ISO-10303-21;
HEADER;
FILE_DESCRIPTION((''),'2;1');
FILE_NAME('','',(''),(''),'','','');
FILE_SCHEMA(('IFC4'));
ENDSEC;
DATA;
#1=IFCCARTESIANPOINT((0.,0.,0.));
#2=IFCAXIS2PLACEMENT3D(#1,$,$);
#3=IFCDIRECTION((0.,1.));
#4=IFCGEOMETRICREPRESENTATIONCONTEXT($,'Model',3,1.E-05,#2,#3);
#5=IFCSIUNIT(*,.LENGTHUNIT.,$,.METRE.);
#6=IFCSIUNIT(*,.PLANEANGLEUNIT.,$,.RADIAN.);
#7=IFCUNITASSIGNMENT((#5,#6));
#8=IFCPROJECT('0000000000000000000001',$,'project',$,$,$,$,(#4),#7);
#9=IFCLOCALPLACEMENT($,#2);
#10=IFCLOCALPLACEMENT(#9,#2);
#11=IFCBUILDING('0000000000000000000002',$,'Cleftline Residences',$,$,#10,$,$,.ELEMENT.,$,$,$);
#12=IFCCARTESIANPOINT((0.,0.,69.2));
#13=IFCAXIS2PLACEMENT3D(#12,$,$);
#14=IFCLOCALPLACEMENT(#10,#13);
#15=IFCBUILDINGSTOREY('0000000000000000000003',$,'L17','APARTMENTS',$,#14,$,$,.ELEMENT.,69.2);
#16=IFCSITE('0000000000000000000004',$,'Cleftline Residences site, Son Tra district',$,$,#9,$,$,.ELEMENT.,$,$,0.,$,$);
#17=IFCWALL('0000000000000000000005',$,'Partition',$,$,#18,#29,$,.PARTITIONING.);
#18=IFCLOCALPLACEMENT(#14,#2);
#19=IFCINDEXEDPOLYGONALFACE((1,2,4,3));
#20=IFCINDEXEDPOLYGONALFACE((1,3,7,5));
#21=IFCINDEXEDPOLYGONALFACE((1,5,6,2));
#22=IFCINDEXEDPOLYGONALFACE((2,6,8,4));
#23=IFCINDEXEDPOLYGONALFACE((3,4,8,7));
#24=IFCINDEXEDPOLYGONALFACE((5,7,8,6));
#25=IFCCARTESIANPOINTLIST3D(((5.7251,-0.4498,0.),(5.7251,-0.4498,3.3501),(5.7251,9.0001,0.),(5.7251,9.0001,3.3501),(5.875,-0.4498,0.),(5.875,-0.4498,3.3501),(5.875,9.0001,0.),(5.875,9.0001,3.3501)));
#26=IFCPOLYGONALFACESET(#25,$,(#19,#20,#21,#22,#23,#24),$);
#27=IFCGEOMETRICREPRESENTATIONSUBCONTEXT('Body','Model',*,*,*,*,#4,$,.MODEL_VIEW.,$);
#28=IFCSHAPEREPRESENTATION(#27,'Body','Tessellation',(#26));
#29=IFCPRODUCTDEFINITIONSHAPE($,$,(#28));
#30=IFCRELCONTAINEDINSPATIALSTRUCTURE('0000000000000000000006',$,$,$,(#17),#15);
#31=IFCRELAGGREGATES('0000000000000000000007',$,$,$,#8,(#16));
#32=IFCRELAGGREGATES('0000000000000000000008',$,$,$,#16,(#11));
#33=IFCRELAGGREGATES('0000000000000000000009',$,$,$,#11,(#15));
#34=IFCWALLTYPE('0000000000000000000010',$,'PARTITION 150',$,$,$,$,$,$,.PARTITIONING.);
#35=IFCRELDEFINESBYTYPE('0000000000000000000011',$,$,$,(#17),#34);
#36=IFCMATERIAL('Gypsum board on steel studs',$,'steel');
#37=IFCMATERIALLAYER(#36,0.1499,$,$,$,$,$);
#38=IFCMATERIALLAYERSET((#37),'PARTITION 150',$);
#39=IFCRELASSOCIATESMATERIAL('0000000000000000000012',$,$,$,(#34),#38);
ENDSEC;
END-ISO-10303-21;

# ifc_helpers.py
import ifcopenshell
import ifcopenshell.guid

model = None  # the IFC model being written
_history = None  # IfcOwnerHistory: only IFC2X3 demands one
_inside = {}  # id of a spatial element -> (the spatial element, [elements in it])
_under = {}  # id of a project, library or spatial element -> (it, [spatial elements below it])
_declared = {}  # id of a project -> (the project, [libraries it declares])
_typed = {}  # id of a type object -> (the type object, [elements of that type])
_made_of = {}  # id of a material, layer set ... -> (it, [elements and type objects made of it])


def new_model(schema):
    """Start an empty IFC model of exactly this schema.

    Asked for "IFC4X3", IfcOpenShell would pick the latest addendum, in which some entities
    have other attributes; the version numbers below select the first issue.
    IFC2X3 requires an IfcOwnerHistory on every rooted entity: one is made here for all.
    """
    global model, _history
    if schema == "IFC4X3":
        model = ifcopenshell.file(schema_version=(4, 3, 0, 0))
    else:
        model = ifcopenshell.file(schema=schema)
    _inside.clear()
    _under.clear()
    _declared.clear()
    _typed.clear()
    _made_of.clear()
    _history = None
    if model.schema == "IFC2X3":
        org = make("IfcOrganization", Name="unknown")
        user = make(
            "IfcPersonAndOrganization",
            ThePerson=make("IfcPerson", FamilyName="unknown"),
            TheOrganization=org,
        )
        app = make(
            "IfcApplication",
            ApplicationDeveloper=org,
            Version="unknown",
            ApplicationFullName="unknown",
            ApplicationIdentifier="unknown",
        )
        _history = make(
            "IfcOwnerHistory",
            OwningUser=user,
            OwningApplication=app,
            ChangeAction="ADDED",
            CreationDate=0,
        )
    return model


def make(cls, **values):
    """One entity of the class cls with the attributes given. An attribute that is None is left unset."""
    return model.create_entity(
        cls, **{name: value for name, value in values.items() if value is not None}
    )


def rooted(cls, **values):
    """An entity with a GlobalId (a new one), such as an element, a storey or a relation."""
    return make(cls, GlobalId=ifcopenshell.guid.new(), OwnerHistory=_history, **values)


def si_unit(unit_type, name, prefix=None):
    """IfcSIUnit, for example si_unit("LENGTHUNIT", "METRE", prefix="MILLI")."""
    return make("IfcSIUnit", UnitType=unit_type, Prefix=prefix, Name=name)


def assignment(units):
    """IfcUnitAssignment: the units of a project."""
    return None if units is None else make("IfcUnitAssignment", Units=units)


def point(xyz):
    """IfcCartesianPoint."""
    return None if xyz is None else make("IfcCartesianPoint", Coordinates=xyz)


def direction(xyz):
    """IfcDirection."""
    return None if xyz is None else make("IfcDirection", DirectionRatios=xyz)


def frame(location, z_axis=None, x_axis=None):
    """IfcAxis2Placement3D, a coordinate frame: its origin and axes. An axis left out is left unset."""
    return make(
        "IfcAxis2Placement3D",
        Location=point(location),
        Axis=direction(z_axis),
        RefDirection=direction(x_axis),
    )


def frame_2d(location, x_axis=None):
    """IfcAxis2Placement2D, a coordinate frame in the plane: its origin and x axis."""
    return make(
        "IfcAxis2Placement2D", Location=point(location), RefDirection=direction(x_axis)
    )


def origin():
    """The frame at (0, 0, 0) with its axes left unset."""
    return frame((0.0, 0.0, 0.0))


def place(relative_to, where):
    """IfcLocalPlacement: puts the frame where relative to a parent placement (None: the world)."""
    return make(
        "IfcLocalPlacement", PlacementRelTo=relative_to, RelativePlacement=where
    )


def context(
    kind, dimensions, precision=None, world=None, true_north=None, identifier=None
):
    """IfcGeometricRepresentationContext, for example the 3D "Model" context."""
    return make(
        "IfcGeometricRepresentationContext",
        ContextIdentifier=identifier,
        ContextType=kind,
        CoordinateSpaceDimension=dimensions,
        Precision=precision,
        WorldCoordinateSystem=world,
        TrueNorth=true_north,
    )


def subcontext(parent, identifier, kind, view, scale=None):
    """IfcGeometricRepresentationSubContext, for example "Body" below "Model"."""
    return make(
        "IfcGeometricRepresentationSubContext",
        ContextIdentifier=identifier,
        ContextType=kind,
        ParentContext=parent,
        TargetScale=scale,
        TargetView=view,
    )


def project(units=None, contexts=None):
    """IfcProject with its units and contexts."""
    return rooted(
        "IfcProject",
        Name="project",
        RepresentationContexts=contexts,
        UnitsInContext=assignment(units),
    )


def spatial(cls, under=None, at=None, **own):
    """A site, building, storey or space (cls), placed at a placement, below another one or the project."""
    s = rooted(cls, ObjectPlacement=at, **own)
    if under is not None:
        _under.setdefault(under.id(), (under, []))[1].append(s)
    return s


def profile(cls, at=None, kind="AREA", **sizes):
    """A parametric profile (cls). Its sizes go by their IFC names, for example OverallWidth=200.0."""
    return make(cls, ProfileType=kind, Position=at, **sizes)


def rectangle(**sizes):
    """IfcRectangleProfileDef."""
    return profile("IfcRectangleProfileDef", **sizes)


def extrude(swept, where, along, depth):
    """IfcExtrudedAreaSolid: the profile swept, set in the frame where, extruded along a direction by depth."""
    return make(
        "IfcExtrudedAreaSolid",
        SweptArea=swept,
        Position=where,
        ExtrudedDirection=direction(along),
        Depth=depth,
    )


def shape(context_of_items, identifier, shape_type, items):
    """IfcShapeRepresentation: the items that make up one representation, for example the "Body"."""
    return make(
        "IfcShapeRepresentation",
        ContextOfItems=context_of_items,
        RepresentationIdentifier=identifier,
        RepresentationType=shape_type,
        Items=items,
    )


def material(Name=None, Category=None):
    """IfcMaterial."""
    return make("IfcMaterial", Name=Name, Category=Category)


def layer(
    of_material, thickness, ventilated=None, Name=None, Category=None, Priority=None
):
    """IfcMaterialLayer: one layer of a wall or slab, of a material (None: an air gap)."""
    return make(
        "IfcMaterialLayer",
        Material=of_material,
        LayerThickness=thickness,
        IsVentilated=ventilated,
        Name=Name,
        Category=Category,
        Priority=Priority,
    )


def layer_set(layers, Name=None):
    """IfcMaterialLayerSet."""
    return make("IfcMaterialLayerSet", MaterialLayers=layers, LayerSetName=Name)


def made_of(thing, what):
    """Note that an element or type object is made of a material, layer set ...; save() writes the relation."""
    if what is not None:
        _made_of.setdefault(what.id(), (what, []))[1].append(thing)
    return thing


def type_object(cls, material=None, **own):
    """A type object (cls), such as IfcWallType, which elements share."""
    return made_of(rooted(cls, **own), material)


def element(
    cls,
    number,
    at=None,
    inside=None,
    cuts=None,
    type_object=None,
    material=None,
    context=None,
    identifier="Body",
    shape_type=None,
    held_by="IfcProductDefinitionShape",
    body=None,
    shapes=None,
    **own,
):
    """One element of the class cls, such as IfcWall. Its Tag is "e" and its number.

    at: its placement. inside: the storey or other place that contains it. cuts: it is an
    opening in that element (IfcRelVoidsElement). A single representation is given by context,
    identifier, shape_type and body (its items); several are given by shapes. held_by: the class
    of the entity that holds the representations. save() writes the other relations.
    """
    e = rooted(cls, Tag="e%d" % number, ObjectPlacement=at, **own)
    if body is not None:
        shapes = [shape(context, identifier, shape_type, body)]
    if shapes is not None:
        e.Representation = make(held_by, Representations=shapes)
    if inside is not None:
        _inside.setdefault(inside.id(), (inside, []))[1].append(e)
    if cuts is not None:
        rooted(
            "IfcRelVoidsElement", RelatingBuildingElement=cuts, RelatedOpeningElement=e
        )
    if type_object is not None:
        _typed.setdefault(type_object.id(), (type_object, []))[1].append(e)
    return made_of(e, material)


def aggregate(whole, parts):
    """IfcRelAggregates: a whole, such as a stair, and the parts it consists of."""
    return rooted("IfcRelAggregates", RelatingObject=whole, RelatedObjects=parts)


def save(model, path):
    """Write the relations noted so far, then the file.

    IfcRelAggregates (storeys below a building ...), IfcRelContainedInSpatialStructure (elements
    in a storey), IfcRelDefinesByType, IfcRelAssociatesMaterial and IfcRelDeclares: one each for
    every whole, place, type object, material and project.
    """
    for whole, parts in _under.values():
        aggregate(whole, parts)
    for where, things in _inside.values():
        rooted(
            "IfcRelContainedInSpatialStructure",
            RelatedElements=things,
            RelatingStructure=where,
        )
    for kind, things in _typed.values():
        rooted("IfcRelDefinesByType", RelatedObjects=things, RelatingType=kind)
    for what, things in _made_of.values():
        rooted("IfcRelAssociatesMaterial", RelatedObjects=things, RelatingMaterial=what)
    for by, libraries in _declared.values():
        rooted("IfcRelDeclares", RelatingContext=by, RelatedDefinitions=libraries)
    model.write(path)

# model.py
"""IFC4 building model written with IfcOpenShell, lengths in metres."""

from ifc_helpers import new_model, si_unit, direction, frame, frame_2d, origin, place, context, subcontext, project, spatial, rectangle, extrude, material, layer, layer_set, type_object, element, save


model = new_model("IFC4")

# Units and contexts
model_context = context("Model", 3, precision=1e-05, world=origin(), true_north=direction((0.0, 1.0)))
body_context = subcontext(model_context, "Body", "Model", "MODEL_VIEW")
ifc_project = project(units=[si_unit("LENGTHUNIT", "METRE"), si_unit("PLANEANGLEUNIT", "RADIAN")], contexts=[model_context])

# Site, building, storey
site_placement = place(None, origin())
site = spatial("IfcSite", under=ifc_project, at=site_placement, Name="Cleftline Residences site, Son Tra district", CompositionType="ELEMENT", RefElevation=0.0)
building_placement = place(site_placement, origin())
building = spatial("IfcBuilding", under=site, at=building_placement, Name="Cleftline Residences", CompositionType="ELEMENT")
storey_placement = place(building_placement, frame((0.0, 0.0, 69.2)))
storey = spatial("IfcBuildingStorey", under=building, at=storey_placement, Name="L17", Description="APARTMENTS", CompositionType="ELEMENT", Elevation=69.2)

# Shared definitions
ifc_material_1 = material(Name="Gypsum board on steel studs", Category="steel")
ifc_layer_1 = layer(ifc_material_1, 0.1499)
ifc_layer_set_1 = layer_set([ifc_layer_1], Name="PARTITION 150")
wall_type_1 = type_object("IfcWallType", Name="PARTITION 150", PredefinedType="PARTITIONING", material=ifc_layer_set_1)

# Wall
wall_1_placement = place(storey_placement, frame((5.8, -0.45, 0.0), z_axis=(0.0, 0.0, 1.0), x_axis=(0.0, 1.0, 0.0)))
element("IfcWall", 1, at=wall_1_placement, inside=storey, type_object=wall_type_1, Name="Partition", PredefinedType="PARTITIONING", context=body_context, shape_type="SweptSolid", body=[
    extrude(rectangle(XDim=9.45, YDim=0.1499, at=frame_2d((4.7251, 0.0))), origin(), (0.0, 0.0, 1.0), 3.3501),
])

save(model, "model.ifc")
